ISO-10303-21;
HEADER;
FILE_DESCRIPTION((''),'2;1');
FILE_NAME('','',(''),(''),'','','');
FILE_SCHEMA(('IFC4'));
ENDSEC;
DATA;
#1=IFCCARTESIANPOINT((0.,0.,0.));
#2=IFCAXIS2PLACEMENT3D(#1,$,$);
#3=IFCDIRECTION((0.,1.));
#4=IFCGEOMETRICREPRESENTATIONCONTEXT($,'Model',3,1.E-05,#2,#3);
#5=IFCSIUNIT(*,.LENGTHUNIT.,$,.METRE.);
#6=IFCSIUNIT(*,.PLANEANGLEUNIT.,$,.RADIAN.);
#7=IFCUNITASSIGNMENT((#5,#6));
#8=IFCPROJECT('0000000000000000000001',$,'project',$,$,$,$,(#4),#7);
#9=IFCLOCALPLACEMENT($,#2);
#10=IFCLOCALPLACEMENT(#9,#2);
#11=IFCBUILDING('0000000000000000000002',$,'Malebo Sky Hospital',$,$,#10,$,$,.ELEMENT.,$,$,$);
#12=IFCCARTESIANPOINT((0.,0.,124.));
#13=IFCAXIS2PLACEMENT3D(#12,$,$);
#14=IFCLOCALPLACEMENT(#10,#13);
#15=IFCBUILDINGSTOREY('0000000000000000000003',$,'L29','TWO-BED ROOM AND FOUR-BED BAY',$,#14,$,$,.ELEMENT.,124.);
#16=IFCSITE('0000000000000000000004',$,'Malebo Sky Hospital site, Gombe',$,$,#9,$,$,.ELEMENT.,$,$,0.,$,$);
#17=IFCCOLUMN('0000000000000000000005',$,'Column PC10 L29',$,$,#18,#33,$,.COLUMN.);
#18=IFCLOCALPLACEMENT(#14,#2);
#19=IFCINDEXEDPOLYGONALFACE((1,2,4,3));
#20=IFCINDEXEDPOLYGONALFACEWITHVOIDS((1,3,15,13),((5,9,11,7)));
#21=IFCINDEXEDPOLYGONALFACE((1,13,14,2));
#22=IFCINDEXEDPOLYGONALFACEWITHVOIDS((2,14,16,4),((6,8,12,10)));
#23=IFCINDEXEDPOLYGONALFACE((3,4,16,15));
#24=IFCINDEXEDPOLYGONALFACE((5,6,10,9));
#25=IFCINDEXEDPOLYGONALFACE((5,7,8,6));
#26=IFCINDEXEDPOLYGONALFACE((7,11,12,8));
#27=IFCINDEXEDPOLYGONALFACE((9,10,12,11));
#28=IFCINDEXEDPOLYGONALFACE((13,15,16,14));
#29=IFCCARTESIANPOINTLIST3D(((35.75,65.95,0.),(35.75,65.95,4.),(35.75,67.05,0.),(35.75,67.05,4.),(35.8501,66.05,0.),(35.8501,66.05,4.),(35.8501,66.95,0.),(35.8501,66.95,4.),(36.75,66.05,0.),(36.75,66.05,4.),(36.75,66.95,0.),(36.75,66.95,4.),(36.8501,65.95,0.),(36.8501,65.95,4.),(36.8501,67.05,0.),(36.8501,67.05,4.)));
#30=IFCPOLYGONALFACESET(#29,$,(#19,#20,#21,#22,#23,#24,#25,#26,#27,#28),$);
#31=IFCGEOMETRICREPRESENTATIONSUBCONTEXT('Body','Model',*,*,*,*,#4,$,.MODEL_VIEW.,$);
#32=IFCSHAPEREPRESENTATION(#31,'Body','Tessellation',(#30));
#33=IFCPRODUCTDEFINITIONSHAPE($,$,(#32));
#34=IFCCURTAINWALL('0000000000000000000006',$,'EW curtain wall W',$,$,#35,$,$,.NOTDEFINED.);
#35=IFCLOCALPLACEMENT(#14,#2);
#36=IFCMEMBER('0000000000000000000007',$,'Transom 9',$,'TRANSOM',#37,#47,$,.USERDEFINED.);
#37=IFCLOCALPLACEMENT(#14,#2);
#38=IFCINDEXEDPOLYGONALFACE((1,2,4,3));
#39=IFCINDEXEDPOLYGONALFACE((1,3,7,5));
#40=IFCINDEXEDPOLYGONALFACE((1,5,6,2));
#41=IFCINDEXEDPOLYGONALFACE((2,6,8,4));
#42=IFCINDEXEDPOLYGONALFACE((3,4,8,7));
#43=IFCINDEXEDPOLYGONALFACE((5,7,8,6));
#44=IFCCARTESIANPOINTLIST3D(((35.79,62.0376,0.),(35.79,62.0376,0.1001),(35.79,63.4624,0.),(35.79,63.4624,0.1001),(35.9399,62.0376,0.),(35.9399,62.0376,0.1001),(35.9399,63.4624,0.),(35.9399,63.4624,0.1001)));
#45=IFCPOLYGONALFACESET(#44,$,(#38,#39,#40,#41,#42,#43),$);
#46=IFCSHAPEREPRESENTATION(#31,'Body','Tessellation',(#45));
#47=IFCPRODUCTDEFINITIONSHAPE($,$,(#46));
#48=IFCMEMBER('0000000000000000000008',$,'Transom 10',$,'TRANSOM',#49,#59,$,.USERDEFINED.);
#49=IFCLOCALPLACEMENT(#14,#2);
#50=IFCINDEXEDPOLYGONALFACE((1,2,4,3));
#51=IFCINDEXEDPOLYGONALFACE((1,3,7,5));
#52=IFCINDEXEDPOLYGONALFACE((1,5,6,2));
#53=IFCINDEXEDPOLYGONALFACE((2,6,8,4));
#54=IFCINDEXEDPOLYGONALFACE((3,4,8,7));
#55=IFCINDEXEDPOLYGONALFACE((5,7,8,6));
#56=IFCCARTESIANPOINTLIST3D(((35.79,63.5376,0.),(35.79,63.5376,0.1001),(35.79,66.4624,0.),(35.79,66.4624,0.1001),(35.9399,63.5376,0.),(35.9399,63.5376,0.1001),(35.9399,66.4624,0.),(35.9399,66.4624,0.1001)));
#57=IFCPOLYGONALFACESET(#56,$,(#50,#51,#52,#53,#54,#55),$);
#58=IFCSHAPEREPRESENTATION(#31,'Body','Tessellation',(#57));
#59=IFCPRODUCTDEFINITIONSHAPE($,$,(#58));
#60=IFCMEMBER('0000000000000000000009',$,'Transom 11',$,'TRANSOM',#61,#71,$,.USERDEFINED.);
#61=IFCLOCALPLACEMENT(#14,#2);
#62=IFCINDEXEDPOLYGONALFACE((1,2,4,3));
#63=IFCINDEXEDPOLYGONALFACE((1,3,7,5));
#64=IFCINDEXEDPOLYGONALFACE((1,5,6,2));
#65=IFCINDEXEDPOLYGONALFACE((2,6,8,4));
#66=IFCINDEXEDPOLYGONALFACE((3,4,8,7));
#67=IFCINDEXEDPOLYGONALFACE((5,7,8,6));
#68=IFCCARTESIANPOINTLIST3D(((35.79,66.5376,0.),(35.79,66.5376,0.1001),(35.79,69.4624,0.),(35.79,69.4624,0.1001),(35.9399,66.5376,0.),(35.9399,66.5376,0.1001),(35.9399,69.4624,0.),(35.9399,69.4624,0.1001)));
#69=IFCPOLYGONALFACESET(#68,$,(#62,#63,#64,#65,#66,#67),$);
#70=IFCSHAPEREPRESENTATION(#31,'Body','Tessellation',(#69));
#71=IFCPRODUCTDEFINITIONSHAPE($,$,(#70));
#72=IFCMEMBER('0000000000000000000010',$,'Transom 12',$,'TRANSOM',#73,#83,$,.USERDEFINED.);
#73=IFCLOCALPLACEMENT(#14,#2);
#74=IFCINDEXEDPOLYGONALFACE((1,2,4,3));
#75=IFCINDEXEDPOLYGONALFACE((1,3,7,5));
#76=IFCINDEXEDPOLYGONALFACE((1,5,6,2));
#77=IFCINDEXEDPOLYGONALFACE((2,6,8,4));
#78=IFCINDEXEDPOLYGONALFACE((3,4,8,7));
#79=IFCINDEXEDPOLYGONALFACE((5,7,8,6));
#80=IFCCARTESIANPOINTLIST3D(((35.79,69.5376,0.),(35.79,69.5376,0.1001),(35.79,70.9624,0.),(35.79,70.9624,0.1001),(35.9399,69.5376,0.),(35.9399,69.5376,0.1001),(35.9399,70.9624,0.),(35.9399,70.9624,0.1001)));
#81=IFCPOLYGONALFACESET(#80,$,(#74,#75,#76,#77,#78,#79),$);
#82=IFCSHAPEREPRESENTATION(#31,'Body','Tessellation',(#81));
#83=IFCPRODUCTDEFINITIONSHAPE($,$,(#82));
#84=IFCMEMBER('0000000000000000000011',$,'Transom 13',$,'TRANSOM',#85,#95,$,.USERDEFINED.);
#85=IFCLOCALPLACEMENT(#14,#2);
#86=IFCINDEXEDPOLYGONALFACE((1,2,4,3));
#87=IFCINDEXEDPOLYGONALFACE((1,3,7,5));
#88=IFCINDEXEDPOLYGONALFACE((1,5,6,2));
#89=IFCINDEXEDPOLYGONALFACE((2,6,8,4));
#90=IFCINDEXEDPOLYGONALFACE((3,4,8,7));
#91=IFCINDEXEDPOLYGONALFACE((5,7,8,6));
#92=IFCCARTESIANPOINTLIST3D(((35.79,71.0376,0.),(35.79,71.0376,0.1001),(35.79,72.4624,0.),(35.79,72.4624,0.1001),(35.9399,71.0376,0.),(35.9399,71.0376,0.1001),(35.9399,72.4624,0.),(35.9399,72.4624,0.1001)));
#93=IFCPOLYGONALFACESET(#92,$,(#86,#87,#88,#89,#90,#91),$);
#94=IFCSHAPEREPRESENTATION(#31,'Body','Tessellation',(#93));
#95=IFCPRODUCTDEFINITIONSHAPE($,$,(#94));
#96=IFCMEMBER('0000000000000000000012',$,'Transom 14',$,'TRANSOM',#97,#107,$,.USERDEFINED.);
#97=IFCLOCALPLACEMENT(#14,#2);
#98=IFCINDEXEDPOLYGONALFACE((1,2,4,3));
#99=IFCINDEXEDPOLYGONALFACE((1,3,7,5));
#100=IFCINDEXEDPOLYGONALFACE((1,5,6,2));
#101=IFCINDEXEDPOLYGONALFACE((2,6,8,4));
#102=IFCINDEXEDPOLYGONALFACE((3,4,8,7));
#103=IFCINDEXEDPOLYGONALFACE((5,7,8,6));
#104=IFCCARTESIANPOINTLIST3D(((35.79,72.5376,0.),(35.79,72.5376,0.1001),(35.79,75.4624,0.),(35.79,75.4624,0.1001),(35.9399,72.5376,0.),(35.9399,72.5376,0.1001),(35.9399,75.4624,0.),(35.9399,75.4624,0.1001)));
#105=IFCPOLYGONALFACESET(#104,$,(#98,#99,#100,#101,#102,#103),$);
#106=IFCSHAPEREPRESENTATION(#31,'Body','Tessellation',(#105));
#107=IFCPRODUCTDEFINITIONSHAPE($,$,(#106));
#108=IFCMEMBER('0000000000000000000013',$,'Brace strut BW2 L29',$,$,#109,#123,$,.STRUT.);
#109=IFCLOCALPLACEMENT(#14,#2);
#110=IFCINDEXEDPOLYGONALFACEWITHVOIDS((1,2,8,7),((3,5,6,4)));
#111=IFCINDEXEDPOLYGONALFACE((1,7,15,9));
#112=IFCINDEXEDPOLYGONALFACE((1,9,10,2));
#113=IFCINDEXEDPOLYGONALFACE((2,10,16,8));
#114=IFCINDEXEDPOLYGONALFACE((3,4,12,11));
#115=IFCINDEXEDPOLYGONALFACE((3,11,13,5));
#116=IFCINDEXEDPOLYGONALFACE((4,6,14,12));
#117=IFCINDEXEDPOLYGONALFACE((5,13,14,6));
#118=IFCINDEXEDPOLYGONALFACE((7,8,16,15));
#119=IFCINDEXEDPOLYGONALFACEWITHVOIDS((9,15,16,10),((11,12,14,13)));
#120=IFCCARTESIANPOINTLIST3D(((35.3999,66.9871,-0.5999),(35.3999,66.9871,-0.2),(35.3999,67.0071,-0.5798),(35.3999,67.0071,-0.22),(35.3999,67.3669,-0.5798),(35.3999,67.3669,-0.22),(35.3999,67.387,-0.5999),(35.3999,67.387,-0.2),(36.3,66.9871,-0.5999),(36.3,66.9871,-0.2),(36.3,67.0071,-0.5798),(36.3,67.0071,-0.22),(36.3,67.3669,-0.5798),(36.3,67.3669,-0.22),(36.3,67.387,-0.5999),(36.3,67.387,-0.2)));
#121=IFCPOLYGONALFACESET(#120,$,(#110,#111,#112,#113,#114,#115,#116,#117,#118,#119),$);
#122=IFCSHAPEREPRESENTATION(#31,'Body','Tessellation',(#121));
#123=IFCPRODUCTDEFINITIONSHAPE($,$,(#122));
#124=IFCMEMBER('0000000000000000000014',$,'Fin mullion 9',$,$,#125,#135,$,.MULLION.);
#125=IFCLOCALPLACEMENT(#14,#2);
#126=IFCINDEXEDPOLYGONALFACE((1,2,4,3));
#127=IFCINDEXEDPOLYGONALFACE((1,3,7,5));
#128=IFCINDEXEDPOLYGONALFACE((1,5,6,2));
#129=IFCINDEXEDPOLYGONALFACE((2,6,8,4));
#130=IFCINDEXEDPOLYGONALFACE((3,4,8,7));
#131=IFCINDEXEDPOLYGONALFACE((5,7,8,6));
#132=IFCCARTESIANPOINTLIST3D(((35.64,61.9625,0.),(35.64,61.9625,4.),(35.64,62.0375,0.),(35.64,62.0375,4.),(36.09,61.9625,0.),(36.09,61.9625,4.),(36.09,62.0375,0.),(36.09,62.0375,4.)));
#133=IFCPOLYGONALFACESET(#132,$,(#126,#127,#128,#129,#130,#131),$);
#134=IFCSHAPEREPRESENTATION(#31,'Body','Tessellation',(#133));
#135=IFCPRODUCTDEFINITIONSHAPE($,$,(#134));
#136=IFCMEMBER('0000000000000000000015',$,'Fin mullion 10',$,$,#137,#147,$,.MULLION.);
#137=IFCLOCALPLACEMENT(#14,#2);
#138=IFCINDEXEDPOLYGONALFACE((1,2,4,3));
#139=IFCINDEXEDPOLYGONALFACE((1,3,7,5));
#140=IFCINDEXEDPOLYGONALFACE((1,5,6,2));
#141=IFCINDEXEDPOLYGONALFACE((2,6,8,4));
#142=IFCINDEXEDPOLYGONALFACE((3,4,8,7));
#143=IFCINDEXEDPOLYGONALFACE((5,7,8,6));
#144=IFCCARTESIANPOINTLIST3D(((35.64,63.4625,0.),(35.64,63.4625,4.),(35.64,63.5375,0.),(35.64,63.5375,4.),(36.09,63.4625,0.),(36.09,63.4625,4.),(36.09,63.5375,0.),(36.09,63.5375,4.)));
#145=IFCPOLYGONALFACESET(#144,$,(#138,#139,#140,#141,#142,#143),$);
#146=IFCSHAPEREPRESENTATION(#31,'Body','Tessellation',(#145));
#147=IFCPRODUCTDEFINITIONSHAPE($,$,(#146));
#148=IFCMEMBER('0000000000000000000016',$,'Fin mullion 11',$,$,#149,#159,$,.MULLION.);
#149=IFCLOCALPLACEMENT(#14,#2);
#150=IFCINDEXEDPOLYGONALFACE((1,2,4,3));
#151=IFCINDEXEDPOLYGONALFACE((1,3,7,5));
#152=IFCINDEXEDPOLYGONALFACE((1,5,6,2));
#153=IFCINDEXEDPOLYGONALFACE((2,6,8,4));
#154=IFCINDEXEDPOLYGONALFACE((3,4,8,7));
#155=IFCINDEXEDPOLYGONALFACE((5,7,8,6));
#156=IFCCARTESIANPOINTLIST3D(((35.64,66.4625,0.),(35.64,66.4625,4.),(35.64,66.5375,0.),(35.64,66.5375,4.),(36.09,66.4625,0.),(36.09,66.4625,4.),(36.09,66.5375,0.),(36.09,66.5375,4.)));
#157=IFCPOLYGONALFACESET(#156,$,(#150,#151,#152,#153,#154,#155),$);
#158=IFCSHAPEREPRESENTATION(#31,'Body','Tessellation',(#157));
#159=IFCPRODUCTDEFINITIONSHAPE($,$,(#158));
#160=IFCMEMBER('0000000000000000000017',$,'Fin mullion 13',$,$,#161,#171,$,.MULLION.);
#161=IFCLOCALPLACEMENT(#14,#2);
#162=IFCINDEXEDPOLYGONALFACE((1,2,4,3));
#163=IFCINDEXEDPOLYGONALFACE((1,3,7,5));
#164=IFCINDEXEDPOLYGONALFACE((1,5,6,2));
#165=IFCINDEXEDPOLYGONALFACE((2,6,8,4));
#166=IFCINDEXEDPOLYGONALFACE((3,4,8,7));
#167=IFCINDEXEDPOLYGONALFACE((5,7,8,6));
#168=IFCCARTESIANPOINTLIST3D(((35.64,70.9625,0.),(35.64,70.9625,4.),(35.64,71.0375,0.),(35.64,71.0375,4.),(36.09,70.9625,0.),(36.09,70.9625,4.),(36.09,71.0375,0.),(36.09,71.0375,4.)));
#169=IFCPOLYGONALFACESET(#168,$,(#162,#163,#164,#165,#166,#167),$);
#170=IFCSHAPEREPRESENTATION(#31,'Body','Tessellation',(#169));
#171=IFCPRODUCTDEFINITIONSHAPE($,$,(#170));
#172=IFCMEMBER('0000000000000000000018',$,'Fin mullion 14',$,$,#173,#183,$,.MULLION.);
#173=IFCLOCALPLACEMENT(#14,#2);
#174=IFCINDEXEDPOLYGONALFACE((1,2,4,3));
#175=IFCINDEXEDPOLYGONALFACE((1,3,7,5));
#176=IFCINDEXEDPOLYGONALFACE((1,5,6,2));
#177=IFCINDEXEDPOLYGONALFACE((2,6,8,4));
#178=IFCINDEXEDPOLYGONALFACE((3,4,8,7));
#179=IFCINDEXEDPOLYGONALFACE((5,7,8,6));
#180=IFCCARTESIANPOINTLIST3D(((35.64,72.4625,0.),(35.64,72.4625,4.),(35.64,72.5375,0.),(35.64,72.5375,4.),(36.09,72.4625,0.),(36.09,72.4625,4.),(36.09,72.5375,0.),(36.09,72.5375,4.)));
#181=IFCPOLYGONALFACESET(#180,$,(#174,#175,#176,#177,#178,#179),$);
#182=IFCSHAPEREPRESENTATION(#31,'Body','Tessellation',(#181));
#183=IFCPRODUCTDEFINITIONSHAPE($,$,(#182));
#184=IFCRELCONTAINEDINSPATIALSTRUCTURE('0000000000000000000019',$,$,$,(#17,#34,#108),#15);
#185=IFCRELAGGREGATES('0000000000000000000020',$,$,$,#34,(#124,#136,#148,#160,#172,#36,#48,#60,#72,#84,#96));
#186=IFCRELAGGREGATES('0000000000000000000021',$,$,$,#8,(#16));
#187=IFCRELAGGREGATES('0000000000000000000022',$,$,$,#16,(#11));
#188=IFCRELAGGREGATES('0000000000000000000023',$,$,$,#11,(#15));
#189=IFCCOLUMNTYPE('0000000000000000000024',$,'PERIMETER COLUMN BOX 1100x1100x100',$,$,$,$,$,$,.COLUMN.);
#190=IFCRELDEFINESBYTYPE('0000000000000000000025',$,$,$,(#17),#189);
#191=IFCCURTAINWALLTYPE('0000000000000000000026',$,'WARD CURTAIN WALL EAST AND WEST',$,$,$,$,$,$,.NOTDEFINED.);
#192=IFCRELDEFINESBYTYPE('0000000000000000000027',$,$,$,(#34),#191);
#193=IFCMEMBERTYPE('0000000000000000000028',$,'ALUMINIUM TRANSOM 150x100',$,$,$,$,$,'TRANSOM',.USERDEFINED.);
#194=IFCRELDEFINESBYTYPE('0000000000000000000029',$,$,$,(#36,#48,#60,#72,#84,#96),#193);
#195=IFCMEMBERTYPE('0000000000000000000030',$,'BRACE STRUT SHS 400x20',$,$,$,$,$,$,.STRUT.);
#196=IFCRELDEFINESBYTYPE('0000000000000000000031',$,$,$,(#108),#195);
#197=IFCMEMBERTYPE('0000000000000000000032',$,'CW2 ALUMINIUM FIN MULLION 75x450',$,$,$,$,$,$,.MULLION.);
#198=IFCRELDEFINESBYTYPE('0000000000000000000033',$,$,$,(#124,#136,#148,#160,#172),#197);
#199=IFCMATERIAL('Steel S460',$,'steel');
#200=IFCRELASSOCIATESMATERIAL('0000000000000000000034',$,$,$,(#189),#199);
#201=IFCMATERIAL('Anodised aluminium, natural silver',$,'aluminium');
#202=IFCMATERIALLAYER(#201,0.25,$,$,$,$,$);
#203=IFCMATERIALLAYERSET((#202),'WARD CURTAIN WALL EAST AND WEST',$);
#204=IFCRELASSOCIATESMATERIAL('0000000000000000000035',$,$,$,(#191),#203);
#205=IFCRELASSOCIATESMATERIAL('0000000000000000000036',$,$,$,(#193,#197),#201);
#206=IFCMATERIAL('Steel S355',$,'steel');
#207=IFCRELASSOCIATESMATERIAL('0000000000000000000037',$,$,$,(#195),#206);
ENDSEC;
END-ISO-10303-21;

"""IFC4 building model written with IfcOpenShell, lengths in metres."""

from ifc_helpers import new_model, si_unit, direction, frame, origin, origin_2d, place, context, subcontext, project, spatial, rectangle, hollow_rectangle, extrude, material, layer, layer_set, material_profile, profile_set, type_object, element, aggregate, save


model = new_model("IFC4")

# Units and contexts
model_context = context("Model", 3, precision=1e-05, world=origin(), true_north=direction((0.0, 1.0)))
body_context = subcontext(model_context, "Body", "Model", "MODEL_VIEW")
ifc_project = project(units=[si_unit("LENGTHUNIT", "METRE"), si_unit("PLANEANGLEUNIT", "RADIAN")], contexts=[model_context])

# Site, building, storey
site_placement = place(None, origin())
site = spatial("IfcSite", under=ifc_project, at=site_placement, Name="Malebo Sky Hospital site, Gombe", CompositionType="ELEMENT", RefElevation=0.0)
building_placement = place(site_placement, origin())
building = spatial("IfcBuilding", under=site, at=building_placement, Name="Malebo Sky Hospital", CompositionType="ELEMENT")
storey_placement = place(building_placement, frame((0.0, 0.0, 124.0)))
storey = spatial("IfcBuildingStorey", under=building, at=storey_placement, Name="L29", Description="TWO-BED ROOM AND FOUR-BED BAY", CompositionType="ELEMENT", Elevation=124.0)

# Column
ifc_material_1 = material(Name="Steel S460", Category="steel")
ifc_material_profile_1 = material_profile(ifc_material_1, hollow_rectangle(XDim=1.1001, YDim=1.1001, WallThickness=0.1001, at=origin_2d()), Name="BOX 1100x1100x100")
ifc_profile_set_1 = profile_set([ifc_material_profile_1], Name="Steel S460")
column_type = type_object("IfcColumnType", Name="PERIMETER COLUMN BOX 1100x1100x100", PredefinedType="COLUMN", material=ifc_profile_set_1)
column_placement = place(storey_placement, frame((36.3, 66.5, 0.0), z_axis=(0.0, 0.0, 1.0), x_axis=(1.0, 0.0, 0.0)))
element("IfcColumn", 1, at=column_placement, inside=storey, type_object=column_type, Name="Column PC10 L29", PredefinedType="COLUMN", context=body_context, shape_type="SweptSolid", body=[
    extrude(hollow_rectangle(XDim=1.1001, YDim=1.1001, WallThickness=0.1001, at=origin_2d()), origin(), (0.0, 0.0, 1.0), 4.0),
])

# Curtain wall, members
ifc_material_2 = material(Name="Anodised aluminium, natural silver", Category="aluminium")
ifc_layer_1 = layer(ifc_material_2, 0.25)
ifc_layer_set_1 = layer_set([ifc_layer_1], Name="WARD CURTAIN WALL EAST AND WEST")
curtain_wall_type = type_object("IfcCurtainWallType", Name="WARD CURTAIN WALL EAST AND WEST", PredefinedType="NOTDEFINED", material=ifc_layer_set_1)
curtain_wall_placement = place(storey_placement, origin())
curtain_wall = element("IfcCurtainWall", 2, at=curtain_wall_placement, inside=storey, type_object=curtain_wall_type, Name="EW curtain wall W", PredefinedType="NOTDEFINED")
ifc_material_profile_2 = material_profile(ifc_material_2, rectangle(XDim=0.1499, YDim=0.1001, at=origin_2d()), Name="ALUMINIUM TRANSOM 150x100")
ifc_profile_set_2 = profile_set([ifc_material_profile_2], Name="Anodised aluminium, natural silver")
member_type_1 = type_object("IfcMemberType", Name="ALUMINIUM TRANSOM 150x100", ElementType="TRANSOM", PredefinedType="USERDEFINED", material=ifc_profile_set_2)
member_1_placement = place(storey_placement, frame((35.865, 62.0376, 0.05), z_axis=(0.0, 1.0, 0.0), x_axis=(-1.0, 0.0, 0.0)))
member_1 = element("IfcMember", 3, at=member_1_placement, type_object=member_type_1, Name="Transom 9", ObjectType="TRANSOM", PredefinedType="USERDEFINED", context=body_context, shape_type="SweptSolid", body=[
    extrude(rectangle(XDim=0.1499, YDim=0.1001, at=origin_2d()), origin(), (0.0, 0.0, 1.0), 1.4248),
])
member_2_placement = place(storey_placement, frame((35.865, 63.5376, 0.05), z_axis=(0.0, 1.0, 0.0), x_axis=(-1.0, 0.0, 0.0)))
member_2 = element("IfcMember", 4, at=member_2_placement, type_object=member_type_1, Name="Transom 10", ObjectType="TRANSOM", PredefinedType="USERDEFINED", context=body_context, shape_type="SweptSolid", body=[
    extrude(rectangle(XDim=0.1499, YDim=0.1001, at=origin_2d()), origin(), (0.0, 0.0, 1.0), 2.9248),
])
member_3_placement = place(storey_placement, frame((35.865, 66.5376, 0.05), z_axis=(0.0, 1.0, 0.0), x_axis=(-1.0, 0.0, 0.0)))
member_3 = element("IfcMember", 5, at=member_3_placement, type_object=member_type_1, Name="Transom 11", ObjectType="TRANSOM", PredefinedType="USERDEFINED", context=body_context, shape_type="SweptSolid", body=[
    extrude(rectangle(XDim=0.1499, YDim=0.1001, at=origin_2d()), origin(), (0.0, 0.0, 1.0), 2.9248),
])
member_4_placement = place(storey_placement, frame((35.865, 69.5376, 0.05), z_axis=(0.0, 1.0, 0.0), x_axis=(-1.0, 0.0, 0.0)))
member_4 = element("IfcMember", 6, at=member_4_placement, type_object=member_type_1, Name="Transom 12", ObjectType="TRANSOM", PredefinedType="USERDEFINED", context=body_context, shape_type="SweptSolid", body=[
    extrude(rectangle(XDim=0.1499, YDim=0.1001, at=origin_2d()), origin(), (0.0, 0.0, 1.0), 1.4248),
])
member_5_placement = place(storey_placement, frame((35.865, 71.0376, 0.05), z_axis=(0.0, 1.0, 0.0), x_axis=(-1.0, 0.0, 0.0)))
member_5 = element("IfcMember", 7, at=member_5_placement, type_object=member_type_1, Name="Transom 13", ObjectType="TRANSOM", PredefinedType="USERDEFINED", context=body_context, shape_type="SweptSolid", body=[
    extrude(rectangle(XDim=0.1499, YDim=0.1001, at=origin_2d()), origin(), (0.0, 0.0, 1.0), 1.4248),
])
member_6_placement = place(storey_placement, frame((35.865, 72.5376, 0.05), z_axis=(0.0, 1.0, 0.0), x_axis=(-1.0, 0.0, 0.0)))
member_6 = element("IfcMember", 8, at=member_6_placement, type_object=member_type_1, Name="Transom 14", ObjectType="TRANSOM", PredefinedType="USERDEFINED", context=body_context, shape_type="SweptSolid", body=[
    extrude(rectangle(XDim=0.1499, YDim=0.1001, at=origin_2d()), origin(), (0.0, 0.0, 1.0), 2.9248),
])

# Members
ifc_material_3 = material(Name="Steel S355", Category="steel")
ifc_material_profile_3 = material_profile(ifc_material_3, hollow_rectangle(XDim=0.3999, YDim=0.3999, WallThickness=0.02, at=origin_2d()), Name="SHS 400x20")
ifc_profile_set_3 = profile_set([ifc_material_profile_3], Name="Steel S355")
member_type_2 = type_object("IfcMemberType", Name="BRACE STRUT SHS 400x20", PredefinedType="STRUT", material=ifc_profile_set_3)
member_7_placement = place(storey_placement, frame((35.3999, 67.187, -0.3999), z_axis=(1.0, 0.0, 0.0), x_axis=(0.0, 1.0, 0.0)))
element("IfcMember", 9, at=member_7_placement, inside=storey, type_object=member_type_2, Name="Brace strut BW2 L29", PredefinedType="STRUT", context=body_context, shape_type="SweptSolid", body=[
    extrude(hollow_rectangle(XDim=0.3999, YDim=0.3999, WallThickness=0.02, at=origin_2d()), origin(), (0.0, 0.0, 1.0), 0.9001),
])
ifc_material_profile_4 = material_profile(ifc_material_2, rectangle(XDim=0.075, YDim=0.45, at=origin_2d()), Name="CW2 ALUMINIUM FIN MULLION 75x450")
ifc_profile_set_4 = profile_set([ifc_material_profile_4], Name="Anodised aluminium, natural silver")
member_type_3 = type_object("IfcMemberType", Name="CW2 ALUMINIUM FIN MULLION 75x450", PredefinedType="MULLION", material=ifc_profile_set_4)
member_8_placement = place(storey_placement, frame((35.865, 62.0, 0.0), z_axis=(0.0, 0.0, 1.0), x_axis=(0.0, 1.0, 0.0)))
member_8 = element("IfcMember", 10, at=member_8_placement, type_object=member_type_3, Name="Fin mullion 9", PredefinedType="MULLION", context=body_context, shape_type="SweptSolid", body=[
    extrude(rectangle(XDim=0.075, YDim=0.45, at=origin_2d()), origin(), (0.0, 0.0, 1.0), 4.0),
])
member_9_placement = place(storey_placement, frame((35.865, 63.5, 0.0), z_axis=(0.0, 0.0, 1.0), x_axis=(0.0, 1.0, 0.0)))
member_9 = element("IfcMember", 11, at=member_9_placement, type_object=member_type_3, Name="Fin mullion 10", PredefinedType="MULLION", context=body_context, shape_type="SweptSolid", body=[
    extrude(rectangle(XDim=0.075, YDim=0.45, at=origin_2d()), origin(), (0.0, 0.0, 1.0), 4.0),
])
member_10_placement = place(storey_placement, frame((35.865, 66.5, 0.0), z_axis=(0.0, 0.0, 1.0), x_axis=(0.0, 1.0, 0.0)))
member_10 = element("IfcMember", 12, at=member_10_placement, type_object=member_type_3, Name="Fin mullion 11", PredefinedType="MULLION", context=body_context, shape_type="SweptSolid", body=[
    extrude(rectangle(XDim=0.075, YDim=0.45, at=origin_2d()), origin(), (0.0, 0.0, 1.0), 4.0),
])
member_11_placement = place(storey_placement, frame((35.865, 71.0, 0.0), z_axis=(0.0, 0.0, 1.0), x_axis=(0.0, 1.0, 0.0)))
member_11 = element("IfcMember", 13, at=member_11_placement, type_object=member_type_3, Name="Fin mullion 13", PredefinedType="MULLION", context=body_context, shape_type="SweptSolid", body=[
    extrude(rectangle(XDim=0.075, YDim=0.45, at=origin_2d()), origin(), (0.0, 0.0, 1.0), 4.0),
])
member_12_placement = place(storey_placement, frame((35.865, 72.5, 0.0), z_axis=(0.0, 0.0, 1.0), x_axis=(0.0, 1.0, 0.0)))
member_12 = element("IfcMember", 14, at=member_12_placement, type_object=member_type_3, Name="Fin mullion 14", PredefinedType="MULLION", context=body_context, shape_type="SweptSolid", body=[
    extrude(rectangle(XDim=0.075, YDim=0.45, at=origin_2d()), origin(), (0.0, 0.0, 1.0), 4.0),
])

aggregate(curtain_wall, [member_8, member_9, member_10, member_11, member_12, member_1, member_2, member_3, member_4, member_5, member_6])

save(model, "model.ifc")
